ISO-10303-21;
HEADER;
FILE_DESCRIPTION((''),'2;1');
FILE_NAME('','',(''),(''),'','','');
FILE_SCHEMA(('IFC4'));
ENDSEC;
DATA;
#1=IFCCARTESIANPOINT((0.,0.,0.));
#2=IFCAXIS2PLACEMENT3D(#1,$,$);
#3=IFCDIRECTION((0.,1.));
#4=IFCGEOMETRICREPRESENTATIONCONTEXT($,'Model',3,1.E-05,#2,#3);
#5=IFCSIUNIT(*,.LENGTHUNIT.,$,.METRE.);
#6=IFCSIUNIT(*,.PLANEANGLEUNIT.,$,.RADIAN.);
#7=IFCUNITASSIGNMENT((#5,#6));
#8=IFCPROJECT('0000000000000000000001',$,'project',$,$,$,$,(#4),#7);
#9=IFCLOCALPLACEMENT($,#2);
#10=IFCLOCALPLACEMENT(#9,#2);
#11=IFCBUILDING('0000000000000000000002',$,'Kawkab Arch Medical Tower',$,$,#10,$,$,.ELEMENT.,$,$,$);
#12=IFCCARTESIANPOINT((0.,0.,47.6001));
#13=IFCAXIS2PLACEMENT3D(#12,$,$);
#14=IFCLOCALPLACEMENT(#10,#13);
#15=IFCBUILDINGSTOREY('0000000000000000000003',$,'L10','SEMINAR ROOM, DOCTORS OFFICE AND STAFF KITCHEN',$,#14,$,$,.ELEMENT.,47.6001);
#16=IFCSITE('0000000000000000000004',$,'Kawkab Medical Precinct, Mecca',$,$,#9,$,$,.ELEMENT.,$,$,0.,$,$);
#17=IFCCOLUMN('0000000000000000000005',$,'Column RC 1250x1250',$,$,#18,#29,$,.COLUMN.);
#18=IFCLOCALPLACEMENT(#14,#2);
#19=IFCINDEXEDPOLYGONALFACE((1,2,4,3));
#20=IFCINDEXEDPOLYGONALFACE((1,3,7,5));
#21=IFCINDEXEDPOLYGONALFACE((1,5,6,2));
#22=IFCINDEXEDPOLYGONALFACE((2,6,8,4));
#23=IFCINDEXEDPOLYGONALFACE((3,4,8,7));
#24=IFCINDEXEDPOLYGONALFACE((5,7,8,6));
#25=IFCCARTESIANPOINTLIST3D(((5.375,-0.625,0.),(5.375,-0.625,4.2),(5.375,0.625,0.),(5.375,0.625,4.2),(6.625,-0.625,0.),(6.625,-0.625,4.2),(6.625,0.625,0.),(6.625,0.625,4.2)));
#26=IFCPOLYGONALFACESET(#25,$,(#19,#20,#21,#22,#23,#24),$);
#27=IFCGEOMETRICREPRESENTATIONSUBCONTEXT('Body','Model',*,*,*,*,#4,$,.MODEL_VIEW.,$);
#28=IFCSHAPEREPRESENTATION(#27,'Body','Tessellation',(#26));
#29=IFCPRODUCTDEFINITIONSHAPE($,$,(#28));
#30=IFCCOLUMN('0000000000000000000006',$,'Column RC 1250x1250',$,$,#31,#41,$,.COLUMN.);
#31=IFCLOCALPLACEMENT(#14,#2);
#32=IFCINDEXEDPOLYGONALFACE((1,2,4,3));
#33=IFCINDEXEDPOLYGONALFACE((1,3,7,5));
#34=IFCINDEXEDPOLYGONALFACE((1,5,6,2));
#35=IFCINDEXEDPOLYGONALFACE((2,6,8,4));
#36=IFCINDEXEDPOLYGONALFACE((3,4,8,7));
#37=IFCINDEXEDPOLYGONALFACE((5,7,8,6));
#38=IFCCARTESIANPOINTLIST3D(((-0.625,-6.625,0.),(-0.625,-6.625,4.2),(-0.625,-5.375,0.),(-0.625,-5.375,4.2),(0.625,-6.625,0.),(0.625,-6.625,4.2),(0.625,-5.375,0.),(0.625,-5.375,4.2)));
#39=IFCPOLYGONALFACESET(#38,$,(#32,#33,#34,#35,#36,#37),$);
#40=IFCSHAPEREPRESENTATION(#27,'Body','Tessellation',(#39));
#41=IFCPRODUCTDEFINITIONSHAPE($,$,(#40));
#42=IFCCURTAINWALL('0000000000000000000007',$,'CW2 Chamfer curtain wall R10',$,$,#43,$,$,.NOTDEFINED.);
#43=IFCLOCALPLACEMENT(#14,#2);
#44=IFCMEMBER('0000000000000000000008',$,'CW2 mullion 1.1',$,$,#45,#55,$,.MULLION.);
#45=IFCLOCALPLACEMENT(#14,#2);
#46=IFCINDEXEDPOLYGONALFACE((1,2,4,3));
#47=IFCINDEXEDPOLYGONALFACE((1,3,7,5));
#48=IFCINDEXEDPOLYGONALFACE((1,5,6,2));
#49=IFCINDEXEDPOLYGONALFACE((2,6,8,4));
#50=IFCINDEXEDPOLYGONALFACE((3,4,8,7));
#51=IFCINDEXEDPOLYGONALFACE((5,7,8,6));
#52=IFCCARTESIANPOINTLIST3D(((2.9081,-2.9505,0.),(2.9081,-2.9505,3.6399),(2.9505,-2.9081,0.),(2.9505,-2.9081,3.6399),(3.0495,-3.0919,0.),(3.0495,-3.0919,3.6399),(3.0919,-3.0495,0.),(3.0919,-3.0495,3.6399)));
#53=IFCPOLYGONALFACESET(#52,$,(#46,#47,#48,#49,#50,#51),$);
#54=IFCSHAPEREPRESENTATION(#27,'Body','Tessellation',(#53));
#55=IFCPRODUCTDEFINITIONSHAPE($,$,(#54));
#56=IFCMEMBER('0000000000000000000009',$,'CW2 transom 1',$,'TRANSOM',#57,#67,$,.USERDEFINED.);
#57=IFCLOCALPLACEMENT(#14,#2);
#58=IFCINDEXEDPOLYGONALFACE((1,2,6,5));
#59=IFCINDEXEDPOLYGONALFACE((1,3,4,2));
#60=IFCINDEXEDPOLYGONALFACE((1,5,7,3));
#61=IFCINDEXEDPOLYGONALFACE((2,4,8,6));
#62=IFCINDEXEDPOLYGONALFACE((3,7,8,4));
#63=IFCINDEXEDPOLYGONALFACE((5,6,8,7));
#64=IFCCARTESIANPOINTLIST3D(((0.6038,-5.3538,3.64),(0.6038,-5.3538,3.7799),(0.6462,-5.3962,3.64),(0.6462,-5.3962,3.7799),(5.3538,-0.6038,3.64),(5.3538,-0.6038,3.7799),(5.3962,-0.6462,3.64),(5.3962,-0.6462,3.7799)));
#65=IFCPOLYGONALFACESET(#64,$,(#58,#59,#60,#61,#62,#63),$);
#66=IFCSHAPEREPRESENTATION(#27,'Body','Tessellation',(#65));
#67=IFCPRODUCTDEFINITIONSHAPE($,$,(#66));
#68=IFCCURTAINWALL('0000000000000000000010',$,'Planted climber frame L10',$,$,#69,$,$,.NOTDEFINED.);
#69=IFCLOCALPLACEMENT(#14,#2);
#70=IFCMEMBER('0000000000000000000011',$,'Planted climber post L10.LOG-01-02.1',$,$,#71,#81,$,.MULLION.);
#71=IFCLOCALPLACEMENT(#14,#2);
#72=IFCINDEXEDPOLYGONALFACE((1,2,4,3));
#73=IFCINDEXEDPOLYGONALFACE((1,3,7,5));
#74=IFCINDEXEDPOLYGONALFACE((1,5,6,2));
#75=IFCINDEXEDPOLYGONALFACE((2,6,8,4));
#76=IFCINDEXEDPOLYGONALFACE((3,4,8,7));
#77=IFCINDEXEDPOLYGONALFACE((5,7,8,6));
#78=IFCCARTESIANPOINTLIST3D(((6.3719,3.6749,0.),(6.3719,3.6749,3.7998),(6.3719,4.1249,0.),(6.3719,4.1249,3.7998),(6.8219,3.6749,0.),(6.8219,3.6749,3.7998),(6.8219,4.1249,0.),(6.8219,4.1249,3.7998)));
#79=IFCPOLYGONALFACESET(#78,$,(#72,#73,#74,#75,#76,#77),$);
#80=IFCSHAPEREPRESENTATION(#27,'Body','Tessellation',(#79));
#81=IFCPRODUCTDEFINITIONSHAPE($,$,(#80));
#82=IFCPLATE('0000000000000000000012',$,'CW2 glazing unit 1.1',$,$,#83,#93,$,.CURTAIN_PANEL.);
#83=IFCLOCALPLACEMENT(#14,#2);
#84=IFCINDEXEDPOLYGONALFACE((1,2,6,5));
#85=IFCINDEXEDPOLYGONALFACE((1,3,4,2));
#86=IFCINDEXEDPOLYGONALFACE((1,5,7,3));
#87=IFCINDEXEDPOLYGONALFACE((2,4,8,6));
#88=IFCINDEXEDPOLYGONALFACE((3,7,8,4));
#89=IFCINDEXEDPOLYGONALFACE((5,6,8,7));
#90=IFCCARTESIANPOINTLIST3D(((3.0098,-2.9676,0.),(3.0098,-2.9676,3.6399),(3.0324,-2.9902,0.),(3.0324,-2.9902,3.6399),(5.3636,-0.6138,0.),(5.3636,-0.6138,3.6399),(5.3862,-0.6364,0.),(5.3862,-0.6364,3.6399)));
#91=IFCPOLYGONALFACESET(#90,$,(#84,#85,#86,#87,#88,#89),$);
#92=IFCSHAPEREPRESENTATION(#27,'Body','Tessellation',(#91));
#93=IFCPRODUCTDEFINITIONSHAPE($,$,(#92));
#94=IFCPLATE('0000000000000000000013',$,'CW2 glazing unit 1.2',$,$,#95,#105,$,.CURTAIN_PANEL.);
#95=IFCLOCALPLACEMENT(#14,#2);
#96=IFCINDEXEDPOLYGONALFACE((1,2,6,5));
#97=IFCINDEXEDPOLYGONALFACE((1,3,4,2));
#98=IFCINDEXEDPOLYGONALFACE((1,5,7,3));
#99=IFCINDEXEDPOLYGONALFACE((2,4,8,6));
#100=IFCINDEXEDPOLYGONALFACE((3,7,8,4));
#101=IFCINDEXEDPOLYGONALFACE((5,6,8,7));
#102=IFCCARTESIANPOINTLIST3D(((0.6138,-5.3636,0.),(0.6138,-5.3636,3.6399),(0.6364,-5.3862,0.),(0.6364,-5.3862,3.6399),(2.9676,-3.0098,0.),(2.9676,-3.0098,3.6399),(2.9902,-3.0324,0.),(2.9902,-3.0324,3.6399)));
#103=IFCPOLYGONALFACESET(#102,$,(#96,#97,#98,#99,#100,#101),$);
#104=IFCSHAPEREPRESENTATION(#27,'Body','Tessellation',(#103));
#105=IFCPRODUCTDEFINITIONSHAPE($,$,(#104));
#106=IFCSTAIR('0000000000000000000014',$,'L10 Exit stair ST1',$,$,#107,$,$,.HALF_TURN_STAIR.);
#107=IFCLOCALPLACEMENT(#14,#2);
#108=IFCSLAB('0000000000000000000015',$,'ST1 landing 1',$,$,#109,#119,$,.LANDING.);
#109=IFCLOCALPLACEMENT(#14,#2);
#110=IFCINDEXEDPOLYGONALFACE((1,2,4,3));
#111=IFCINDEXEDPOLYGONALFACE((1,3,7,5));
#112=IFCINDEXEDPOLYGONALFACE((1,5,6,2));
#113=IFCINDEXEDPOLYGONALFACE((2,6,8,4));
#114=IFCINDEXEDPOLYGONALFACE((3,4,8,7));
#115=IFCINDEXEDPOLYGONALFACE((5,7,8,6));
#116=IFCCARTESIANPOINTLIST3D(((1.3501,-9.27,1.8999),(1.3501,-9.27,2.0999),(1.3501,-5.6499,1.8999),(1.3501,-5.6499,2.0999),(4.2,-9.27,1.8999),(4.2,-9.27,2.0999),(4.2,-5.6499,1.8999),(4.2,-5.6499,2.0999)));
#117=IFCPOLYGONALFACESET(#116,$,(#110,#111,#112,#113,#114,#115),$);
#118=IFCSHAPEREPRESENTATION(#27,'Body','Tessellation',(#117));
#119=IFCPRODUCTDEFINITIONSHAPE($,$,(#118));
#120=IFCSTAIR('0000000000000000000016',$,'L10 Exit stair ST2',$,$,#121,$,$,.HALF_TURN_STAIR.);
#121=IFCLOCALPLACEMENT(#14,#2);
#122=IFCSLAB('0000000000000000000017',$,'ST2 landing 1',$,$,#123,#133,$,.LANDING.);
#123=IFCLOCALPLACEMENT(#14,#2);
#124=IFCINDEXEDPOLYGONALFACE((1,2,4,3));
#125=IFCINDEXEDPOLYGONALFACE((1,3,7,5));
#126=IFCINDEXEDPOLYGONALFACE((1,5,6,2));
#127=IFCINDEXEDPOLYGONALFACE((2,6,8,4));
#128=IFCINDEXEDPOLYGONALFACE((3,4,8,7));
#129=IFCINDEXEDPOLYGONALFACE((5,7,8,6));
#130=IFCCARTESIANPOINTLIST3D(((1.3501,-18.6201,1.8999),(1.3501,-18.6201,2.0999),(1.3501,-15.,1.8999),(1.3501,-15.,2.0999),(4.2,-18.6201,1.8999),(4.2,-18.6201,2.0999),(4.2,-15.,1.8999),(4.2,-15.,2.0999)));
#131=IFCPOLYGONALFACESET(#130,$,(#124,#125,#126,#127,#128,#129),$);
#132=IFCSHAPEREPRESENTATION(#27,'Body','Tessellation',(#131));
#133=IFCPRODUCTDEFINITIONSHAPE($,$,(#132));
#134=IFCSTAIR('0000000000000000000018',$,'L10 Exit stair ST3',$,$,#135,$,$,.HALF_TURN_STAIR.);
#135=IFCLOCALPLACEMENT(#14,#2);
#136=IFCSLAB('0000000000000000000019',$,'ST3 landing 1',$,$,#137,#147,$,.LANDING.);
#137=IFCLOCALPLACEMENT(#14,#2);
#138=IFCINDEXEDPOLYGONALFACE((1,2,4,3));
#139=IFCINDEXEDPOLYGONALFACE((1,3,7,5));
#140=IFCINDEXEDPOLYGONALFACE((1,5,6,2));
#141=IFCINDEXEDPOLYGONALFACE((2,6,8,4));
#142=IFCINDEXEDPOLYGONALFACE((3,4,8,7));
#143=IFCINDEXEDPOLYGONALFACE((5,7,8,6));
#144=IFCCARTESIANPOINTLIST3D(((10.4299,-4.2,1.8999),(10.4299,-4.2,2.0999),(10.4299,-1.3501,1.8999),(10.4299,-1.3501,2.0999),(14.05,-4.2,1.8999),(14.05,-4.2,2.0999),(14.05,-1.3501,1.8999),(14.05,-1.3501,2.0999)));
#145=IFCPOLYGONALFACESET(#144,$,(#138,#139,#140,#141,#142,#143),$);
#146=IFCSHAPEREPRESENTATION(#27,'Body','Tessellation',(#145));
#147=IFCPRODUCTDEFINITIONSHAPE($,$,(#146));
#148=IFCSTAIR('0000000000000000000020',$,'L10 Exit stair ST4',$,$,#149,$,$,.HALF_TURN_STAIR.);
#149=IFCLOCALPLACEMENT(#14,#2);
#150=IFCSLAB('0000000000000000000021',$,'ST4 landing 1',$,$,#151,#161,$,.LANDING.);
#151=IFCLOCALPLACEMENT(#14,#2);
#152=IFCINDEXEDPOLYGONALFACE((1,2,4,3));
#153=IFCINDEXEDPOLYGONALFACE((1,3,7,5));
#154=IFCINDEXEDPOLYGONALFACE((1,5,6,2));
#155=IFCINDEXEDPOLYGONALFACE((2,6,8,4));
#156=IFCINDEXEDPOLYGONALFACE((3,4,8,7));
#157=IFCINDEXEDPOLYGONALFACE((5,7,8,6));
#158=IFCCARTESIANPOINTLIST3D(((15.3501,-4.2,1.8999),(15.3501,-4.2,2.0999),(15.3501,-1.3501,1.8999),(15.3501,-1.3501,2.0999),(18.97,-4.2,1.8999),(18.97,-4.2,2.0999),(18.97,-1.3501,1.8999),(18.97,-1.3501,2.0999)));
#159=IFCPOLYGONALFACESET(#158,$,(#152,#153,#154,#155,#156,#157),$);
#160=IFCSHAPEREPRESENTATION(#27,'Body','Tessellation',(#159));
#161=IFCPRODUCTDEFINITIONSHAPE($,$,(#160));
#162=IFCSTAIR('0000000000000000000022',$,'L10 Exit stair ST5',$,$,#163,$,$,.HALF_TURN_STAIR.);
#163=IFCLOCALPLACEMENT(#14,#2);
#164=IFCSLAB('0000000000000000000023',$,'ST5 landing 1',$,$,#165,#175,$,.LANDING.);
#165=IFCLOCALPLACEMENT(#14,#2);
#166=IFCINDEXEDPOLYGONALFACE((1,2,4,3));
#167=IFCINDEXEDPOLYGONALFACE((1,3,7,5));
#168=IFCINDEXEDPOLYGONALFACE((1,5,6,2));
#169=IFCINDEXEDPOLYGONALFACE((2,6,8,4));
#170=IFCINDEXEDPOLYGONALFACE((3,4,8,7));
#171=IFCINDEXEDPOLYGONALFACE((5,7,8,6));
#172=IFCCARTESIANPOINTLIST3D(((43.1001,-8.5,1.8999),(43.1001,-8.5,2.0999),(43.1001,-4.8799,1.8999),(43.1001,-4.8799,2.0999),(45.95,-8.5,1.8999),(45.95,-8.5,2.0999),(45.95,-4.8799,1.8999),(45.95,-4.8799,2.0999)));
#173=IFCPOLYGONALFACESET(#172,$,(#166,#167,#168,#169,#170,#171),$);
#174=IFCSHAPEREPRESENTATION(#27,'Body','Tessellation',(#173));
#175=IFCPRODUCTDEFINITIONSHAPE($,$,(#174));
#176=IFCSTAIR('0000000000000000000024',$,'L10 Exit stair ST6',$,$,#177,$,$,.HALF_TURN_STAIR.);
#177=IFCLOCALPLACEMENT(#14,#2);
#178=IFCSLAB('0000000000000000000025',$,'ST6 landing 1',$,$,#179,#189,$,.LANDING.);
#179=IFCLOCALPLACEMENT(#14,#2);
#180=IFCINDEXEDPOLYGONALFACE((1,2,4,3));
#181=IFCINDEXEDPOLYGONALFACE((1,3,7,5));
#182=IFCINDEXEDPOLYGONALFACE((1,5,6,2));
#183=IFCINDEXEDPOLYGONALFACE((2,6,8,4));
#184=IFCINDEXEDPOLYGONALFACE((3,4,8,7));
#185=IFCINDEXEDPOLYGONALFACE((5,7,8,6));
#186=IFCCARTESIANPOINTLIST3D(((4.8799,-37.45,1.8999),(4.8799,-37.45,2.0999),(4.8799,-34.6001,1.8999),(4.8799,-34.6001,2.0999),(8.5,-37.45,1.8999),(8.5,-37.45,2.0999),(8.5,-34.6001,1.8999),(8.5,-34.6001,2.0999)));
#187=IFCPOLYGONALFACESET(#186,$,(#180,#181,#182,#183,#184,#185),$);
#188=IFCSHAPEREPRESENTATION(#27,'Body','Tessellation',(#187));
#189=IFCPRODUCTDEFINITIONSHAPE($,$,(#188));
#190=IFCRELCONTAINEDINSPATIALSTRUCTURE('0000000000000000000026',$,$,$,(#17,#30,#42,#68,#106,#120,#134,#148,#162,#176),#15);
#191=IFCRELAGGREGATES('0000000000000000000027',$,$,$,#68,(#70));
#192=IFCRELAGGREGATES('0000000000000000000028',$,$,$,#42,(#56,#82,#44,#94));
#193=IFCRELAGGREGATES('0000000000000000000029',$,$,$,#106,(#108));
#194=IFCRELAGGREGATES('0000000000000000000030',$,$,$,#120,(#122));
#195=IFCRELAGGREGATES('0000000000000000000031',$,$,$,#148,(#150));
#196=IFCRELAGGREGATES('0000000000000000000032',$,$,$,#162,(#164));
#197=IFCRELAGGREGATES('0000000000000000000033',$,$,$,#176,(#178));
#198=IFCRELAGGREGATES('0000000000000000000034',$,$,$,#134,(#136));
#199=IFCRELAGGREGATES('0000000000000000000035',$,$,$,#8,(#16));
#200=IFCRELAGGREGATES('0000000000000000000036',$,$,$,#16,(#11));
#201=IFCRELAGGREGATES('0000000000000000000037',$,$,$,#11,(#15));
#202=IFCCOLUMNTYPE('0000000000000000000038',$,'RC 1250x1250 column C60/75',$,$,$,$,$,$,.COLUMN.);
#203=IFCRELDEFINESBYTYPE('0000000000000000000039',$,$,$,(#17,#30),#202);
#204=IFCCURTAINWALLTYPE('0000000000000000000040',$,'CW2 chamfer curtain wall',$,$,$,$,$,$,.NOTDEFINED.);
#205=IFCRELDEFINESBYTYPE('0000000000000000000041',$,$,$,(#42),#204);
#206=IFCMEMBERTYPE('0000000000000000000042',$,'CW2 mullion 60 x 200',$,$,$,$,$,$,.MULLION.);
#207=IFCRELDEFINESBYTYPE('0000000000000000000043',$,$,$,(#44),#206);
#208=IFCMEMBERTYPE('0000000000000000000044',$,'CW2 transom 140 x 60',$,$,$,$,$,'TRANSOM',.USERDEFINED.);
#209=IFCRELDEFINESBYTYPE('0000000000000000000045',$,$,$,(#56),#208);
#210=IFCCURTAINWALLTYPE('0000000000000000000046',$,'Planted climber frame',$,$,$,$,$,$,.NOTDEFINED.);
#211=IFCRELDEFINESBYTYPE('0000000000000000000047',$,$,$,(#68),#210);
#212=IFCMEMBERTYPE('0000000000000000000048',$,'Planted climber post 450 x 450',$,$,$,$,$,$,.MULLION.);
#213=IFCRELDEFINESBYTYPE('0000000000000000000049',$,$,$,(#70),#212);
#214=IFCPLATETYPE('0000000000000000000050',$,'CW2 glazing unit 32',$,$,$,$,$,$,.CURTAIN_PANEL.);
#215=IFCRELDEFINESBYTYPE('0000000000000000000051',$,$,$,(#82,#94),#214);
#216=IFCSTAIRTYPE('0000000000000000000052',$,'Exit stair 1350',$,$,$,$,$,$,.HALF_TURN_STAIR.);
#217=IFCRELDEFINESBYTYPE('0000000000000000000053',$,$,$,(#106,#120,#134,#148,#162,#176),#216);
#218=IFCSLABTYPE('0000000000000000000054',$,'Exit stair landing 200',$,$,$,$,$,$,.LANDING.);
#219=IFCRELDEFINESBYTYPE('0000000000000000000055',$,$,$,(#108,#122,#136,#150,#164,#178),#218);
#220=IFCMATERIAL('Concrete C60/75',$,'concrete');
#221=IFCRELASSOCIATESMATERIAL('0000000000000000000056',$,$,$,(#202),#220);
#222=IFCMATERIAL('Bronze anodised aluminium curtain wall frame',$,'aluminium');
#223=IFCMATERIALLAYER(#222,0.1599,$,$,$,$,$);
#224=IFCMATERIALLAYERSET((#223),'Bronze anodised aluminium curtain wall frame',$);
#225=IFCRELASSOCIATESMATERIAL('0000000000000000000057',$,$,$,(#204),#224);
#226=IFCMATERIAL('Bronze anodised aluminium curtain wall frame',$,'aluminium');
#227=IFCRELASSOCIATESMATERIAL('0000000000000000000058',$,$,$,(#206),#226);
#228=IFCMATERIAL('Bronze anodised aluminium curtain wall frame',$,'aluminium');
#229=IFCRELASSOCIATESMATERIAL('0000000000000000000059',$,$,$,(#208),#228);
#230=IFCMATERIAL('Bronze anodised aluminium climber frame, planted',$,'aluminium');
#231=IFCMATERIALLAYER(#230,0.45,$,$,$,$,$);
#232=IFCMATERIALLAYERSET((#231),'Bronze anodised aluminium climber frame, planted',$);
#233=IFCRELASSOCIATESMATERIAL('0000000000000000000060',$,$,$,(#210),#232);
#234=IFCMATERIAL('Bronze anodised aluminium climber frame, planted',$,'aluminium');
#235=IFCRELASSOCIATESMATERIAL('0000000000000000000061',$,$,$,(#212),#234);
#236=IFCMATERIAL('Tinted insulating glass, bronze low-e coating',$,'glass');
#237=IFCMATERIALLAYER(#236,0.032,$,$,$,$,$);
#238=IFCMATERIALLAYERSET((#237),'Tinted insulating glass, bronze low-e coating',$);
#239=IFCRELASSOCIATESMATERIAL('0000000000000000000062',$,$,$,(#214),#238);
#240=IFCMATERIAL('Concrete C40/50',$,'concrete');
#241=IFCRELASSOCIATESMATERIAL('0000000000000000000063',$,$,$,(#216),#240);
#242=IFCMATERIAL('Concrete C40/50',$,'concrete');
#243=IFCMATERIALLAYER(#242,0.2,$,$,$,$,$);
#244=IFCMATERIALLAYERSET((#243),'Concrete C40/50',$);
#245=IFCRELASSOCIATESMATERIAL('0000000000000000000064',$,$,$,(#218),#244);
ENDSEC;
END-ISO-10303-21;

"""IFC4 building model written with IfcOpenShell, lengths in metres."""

from ifc_helpers import new_model, si_unit, direction, frame, origin, origin_2d, place, context, subcontext, project, spatial, polyline, rectangle, outline, extrude, material, layer, layer_set, material_profile, profile_set, type_object, element, aggregate, save


model = new_model("IFC4")

# Units and contexts
model_context = context("Model", 3, precision=1e-05, world=origin(), true_north=direction((0.0, 1.0)))
body_context = subcontext(model_context, "Body", "Model", "MODEL_VIEW")
ifc_project = project(units=[si_unit("LENGTHUNIT", "METRE"), si_unit("PLANEANGLEUNIT", "RADIAN")], contexts=[model_context])

# Site, building, storey
site_placement = place(None, origin())
site = spatial("IfcSite", under=ifc_project, at=site_placement, Name="Kawkab Medical Precinct, Mecca", CompositionType="ELEMENT", RefElevation=0.0)
building_placement = place(site_placement, origin())
building = spatial("IfcBuilding", under=site, at=building_placement, Name="Kawkab Arch Medical Tower", CompositionType="ELEMENT")
storey_placement = place(building_placement, frame((0.0, 0.0, 47.6001)))
storey = spatial("IfcBuildingStorey", under=building, at=storey_placement, Name="L10", Description="SEMINAR ROOM, DOCTORS OFFICE AND STAFF KITCHEN", CompositionType="ELEMENT", Elevation=47.6001)

# Columns
ifc_material_1 = material(Name="Concrete C60/75", Category="concrete")
ifc_material_profile_1 = material_profile(ifc_material_1, rectangle(XDim=1.25, YDim=1.25, at=origin_2d()), Name="RC 1250x1250")
ifc_profile_set_1 = profile_set([ifc_material_profile_1], Name="Concrete C60/75")
column_type = type_object("IfcColumnType", Name="RC 1250x1250 column C60/75", PredefinedType="COLUMN", material=ifc_profile_set_1)
for number, where, z_axis, x_axis, name in (
    (1, (6.0, 0.0, 0.0), (0.0, 0.0, 1.0), (1.0, 0.0, 0.0), "Column RC 1250x1250"),
    (2, (0.0, -6.0, 0.0), (0.0, 0.0, 1.0), (1.0, 0.0, 0.0), "Column RC 1250x1250"),
):
    element("IfcColumn", number, at=place(storey_placement, frame(where, z_axis=z_axis, x_axis=x_axis)), inside=storey, type_object=column_type, Name=name, PredefinedType="COLUMN", context=body_context, shape_type="SweptSolid", body=[
        extrude(rectangle(XDim=1.25, YDim=1.25, at=origin_2d()), origin(), (0.0, 0.0, 1.0), 4.2),
    ])

# Curtain wall, members
ifc_material_2 = material(Name="Bronze anodised aluminium curtain wall frame", Category="aluminium")
ifc_layer_1 = layer(ifc_material_2, 0.1599)
ifc_layer_set_1 = layer_set([ifc_layer_1], Name="Bronze anodised aluminium curtain wall frame")
curtain_wall_type_1 = type_object("IfcCurtainWallType", Name="CW2 chamfer curtain wall", PredefinedType="NOTDEFINED", material=ifc_layer_set_1)
placement_1 = place(storey_placement, origin())
curtain_wall_1 = element("IfcCurtainWall", 3, at=placement_1, inside=storey, type_object=curtain_wall_type_1, Name="CW2 Chamfer curtain wall R10", PredefinedType="NOTDEFINED")
ifc_material_3 = material(Name="Bronze anodised aluminium curtain wall frame", Category="aluminium")
ifc_material_profile_2 = material_profile(ifc_material_3, rectangle(XDim=0.2, YDim=0.0601, at=origin_2d()), Name="AL 60x200")
ifc_profile_set_2 = profile_set([ifc_material_profile_2], Name="Bronze anodised aluminium curtain wall frame")
member_type_1 = type_object("IfcMemberType", Name="CW2 mullion 60 x 200", PredefinedType="MULLION", material=ifc_profile_set_2)
member_1_placement = place(storey_placement, frame((3.0, -3.0, 0.0), z_axis=(0.0, 0.0, 1.0), x_axis=(0.707107, -0.707107, 0.0)))
member_1 = element("IfcMember", 4, at=member_1_placement, type_object=member_type_1, Name="CW2 mullion 1.1", PredefinedType="MULLION", context=body_context, shape_type="SweptSolid", body=[
    extrude(rectangle(XDim=0.2, YDim=0.0601, at=origin_2d()), origin(), (0.0, 0.0, 1.0), 3.6399),
])
ifc_material_4 = material(Name="Bronze anodised aluminium curtain wall frame", Category="aluminium")
ifc_material_profile_3 = material_profile(ifc_material_4, rectangle(XDim=0.0601, YDim=0.1399, at=origin_2d()), Name="AL 60x140")
ifc_profile_set_3 = profile_set([ifc_material_profile_3], Name="Bronze anodised aluminium curtain wall frame")
member_type_2 = type_object("IfcMemberType", Name="CW2 transom 140 x 60", ElementType="TRANSOM", PredefinedType="USERDEFINED", material=ifc_profile_set_3)
member_2_placement = place(storey_placement, frame((5.375, -0.625, 3.71), z_axis=(-0.707107, -0.707107, 0.0), x_axis=(0.707107, -0.707107, 0.0)))
member_2 = element("IfcMember", 5, at=member_2_placement, type_object=member_type_2, Name="CW2 transom 1", ObjectType="TRANSOM", PredefinedType="USERDEFINED", context=body_context, shape_type="SweptSolid", body=[
    extrude(rectangle(XDim=0.0601, YDim=0.1399, at=origin_2d()), origin(), (0.0, 0.0, 1.0), 6.7175),
])

# Curtain wall, member
ifc_material_5 = material(Name="Bronze anodised aluminium climber frame, planted", Category="aluminium")
ifc_layer_2 = layer(ifc_material_5, 0.45)
ifc_layer_set_2 = layer_set([ifc_layer_2], Name="Bronze anodised aluminium climber frame, planted")
curtain_wall_type_2 = type_object("IfcCurtainWallType", Name="Planted climber frame", PredefinedType="NOTDEFINED", material=ifc_layer_set_2)
curtain_wall_2 = element("IfcCurtainWall", 6, at=placement_1, inside=storey, type_object=curtain_wall_type_2, Name="Planted climber frame L10", PredefinedType="NOTDEFINED")
ifc_material_6 = material(Name="Bronze anodised aluminium climber frame, planted", Category="aluminium")
ifc_material_profile_4 = material_profile(ifc_material_6, rectangle(XDim=0.45, YDim=0.45, at=origin_2d()), Name="Post 450x450")
ifc_profile_set_4 = profile_set([ifc_material_profile_4], Name="Bronze anodised aluminium climber frame, planted")
member_type_3 = type_object("IfcMemberType", Name="Planted climber post 450 x 450", PredefinedType="MULLION", material=ifc_profile_set_4)
member_3_placement = place(storey_placement, frame((6.5969, 3.8999, 0.0), z_axis=(0.0, 0.0, 1.0), x_axis=(1.0, 0.0, 0.0)))
member_3 = element("IfcMember", 7, at=member_3_placement, type_object=member_type_3, Name="Planted climber post L10.LOG-01-02.1", PredefinedType="MULLION", context=body_context, shape_type="SweptSolid", body=[
    extrude(rectangle(XDim=0.45, YDim=0.45, at=origin_2d()), origin(), (0.0, 0.0, 1.0), 3.7998),
])
aggregate(curtain_wall_2, [member_3])

# Plates
ifc_material_7 = material(Name="Tinted insulating glass, bronze low-e coating", Category="glass")
ifc_layer_3 = layer(ifc_material_7, 0.032)
ifc_layer_set_3 = layer_set([ifc_layer_3], Name="Tinted insulating glass, bronze low-e coating")
plate_type = type_object("IfcPlateType", Name="CW2 glazing unit 32", PredefinedType="CURTAIN_PANEL", material=ifc_layer_set_3)
plate_1_placement = place(storey_placement, frame((4.198, -1.802, 0.0), z_axis=(0.0, 0.0, 1.0), x_axis=(-0.707107, -0.707107, 0.0)))
plate_1 = element("IfcPlate", 8, at=plate_1_placement, type_object=plate_type, Name="CW2 glazing unit 1.1", PredefinedType="CURTAIN_PANEL", context=body_context, shape_type="SweptSolid", body=[
    extrude(rectangle(XDim=3.3289, YDim=0.032, at=origin_2d()), origin(), (0.0, 0.0, 1.0), 3.6399),
])
plate_2_placement = place(storey_placement, frame((1.802, -4.198, 0.0), z_axis=(0.0, 0.0, 1.0), x_axis=(-0.707107, -0.707107, 0.0)))
plate_2 = element("IfcPlate", 9, at=plate_2_placement, type_object=plate_type, Name="CW2 glazing unit 1.2", PredefinedType="CURTAIN_PANEL", context=body_context, shape_type="SweptSolid", body=[
    extrude(rectangle(XDim=3.3289, YDim=0.032, at=origin_2d()), origin(), (0.0, 0.0, 1.0), 3.6399),
])
aggregate(curtain_wall_1, [member_2, plate_1, member_1, plate_2])

# Stairs, slabs
ifc_material_8 = material(Name="Concrete C40/50", Category="concrete")
stair_type = type_object("IfcStairType", Name="Exit stair 1350", PredefinedType="HALF_TURN_STAIR", material=ifc_material_8)
stair_1 = element("IfcStair", 10, at=placement_1, inside=storey, type_object=stair_type, Name="L10 Exit stair ST1", PredefinedType="HALF_TURN_STAIR")
ifc_material_9 = material(Name="Concrete C40/50", Category="concrete")
ifc_layer_4 = layer(ifc_material_9, 0.2)
ifc_layer_set_4 = layer_set([ifc_layer_4], Name="Concrete C40/50")
slab_type_1 = type_object("IfcSlabType", Name="Exit stair landing 200", PredefinedType="LANDING", material=ifc_layer_set_4)
placement_2 = place(storey_placement, frame((0.0, 0.0, 1.8999)))
slab_1 = element("IfcSlab", 11, at=placement_2, type_object=slab_type_1, Name="ST1 landing 1", PredefinedType="LANDING", context=body_context, shape_type="SweptSolid", body=[
    extrude(outline(polyline([(4.2, -9.27), (4.2, -5.6499), (1.3501, -5.6499), (1.3501, -9.27), (4.2, -9.27)])), origin(), (0.0, 0.0, 1.0), 0.2),
])
aggregate(stair_1, [slab_1])
stair_2 = element("IfcStair", 12, at=placement_1, inside=storey, type_object=stair_type, Name="L10 Exit stair ST2", PredefinedType="HALF_TURN_STAIR")
slab_2 = element("IfcSlab", 13, at=placement_2, type_object=slab_type_1, Name="ST2 landing 1", PredefinedType="LANDING", context=body_context, shape_type="SweptSolid", body=[
    extrude(outline(polyline([(4.2, -18.6201), (4.2, -15.0), (1.3501, -15.0), (1.3501, -18.6201), (4.2, -18.6201)])), origin(), (0.0, 0.0, 1.0), 0.2),
])
aggregate(stair_2, [slab_2])
stair_3 = element("IfcStair", 14, at=placement_1, inside=storey, type_object=stair_type, Name="L10 Exit stair ST3", PredefinedType="HALF_TURN_STAIR")
slab_3 = element("IfcSlab", 15, at=placement_2, type_object=slab_type_1, Name="ST3 landing 1", PredefinedType="LANDING", context=body_context, shape_type="SweptSolid", body=[
    extrude(outline(polyline([(10.4299, -4.2), (14.05, -4.2), (14.05, -1.3501), (10.4299, -1.3501), (10.4299, -4.2)])), origin(), (0.0, 0.0, 1.0), 0.2),
])
stair_4 = element("IfcStair", 16, at=placement_1, inside=storey, type_object=stair_type, Name="L10 Exit stair ST4", PredefinedType="HALF_TURN_STAIR")
slab_4 = element("IfcSlab", 17, at=placement_2, type_object=slab_type_1, Name="ST4 landing 1", PredefinedType="LANDING", context=body_context, shape_type="SweptSolid", body=[
    extrude(outline(polyline([(18.97, -1.3501), (15.3501, -1.3501), (15.3501, -4.2), (18.97, -4.2), (18.97, -1.3501)])), origin(), (0.0, 0.0, 1.0), 0.2),
])
aggregate(stair_4, [slab_4])
stair_5 = element("IfcStair", 18, at=placement_1, inside=storey, type_object=stair_type, Name="L10 Exit stair ST5", PredefinedType="HALF_TURN_STAIR")
slab_5 = element("IfcSlab", 19, at=placement_2, type_object=slab_type_1, Name="ST5 landing 1", PredefinedType="LANDING", context=body_context, shape_type="SweptSolid", body=[
    extrude(outline(polyline([(43.1001, -4.8799), (43.1001, -8.5), (45.95, -8.5), (45.95, -4.8799), (43.1001, -4.8799)])), origin(), (0.0, 0.0, 1.0), 0.2),
])
aggregate(stair_5, [slab_5])
stair_6 = element("IfcStair", 20, at=placement_1, inside=storey, type_object=stair_type, Name="L10 Exit stair ST6", PredefinedType="HALF_TURN_STAIR")
slab_6 = element("IfcSlab", 21, at=placement_2, type_object=slab_type_1, Name="ST6 landing 1", PredefinedType="LANDING", context=body_context, shape_type="SweptSolid", body=[
    extrude(outline(polyline([(4.8799, -37.45), (8.5, -37.45), (8.5, -34.6001), (4.8799, -34.6001), (4.8799, -37.45)])), origin(), (0.0, 0.0, 1.0), 0.2),
])
aggregate(stair_6, [slab_6])

aggregate(stair_3, [slab_3])

save(model, "model.ifc")
